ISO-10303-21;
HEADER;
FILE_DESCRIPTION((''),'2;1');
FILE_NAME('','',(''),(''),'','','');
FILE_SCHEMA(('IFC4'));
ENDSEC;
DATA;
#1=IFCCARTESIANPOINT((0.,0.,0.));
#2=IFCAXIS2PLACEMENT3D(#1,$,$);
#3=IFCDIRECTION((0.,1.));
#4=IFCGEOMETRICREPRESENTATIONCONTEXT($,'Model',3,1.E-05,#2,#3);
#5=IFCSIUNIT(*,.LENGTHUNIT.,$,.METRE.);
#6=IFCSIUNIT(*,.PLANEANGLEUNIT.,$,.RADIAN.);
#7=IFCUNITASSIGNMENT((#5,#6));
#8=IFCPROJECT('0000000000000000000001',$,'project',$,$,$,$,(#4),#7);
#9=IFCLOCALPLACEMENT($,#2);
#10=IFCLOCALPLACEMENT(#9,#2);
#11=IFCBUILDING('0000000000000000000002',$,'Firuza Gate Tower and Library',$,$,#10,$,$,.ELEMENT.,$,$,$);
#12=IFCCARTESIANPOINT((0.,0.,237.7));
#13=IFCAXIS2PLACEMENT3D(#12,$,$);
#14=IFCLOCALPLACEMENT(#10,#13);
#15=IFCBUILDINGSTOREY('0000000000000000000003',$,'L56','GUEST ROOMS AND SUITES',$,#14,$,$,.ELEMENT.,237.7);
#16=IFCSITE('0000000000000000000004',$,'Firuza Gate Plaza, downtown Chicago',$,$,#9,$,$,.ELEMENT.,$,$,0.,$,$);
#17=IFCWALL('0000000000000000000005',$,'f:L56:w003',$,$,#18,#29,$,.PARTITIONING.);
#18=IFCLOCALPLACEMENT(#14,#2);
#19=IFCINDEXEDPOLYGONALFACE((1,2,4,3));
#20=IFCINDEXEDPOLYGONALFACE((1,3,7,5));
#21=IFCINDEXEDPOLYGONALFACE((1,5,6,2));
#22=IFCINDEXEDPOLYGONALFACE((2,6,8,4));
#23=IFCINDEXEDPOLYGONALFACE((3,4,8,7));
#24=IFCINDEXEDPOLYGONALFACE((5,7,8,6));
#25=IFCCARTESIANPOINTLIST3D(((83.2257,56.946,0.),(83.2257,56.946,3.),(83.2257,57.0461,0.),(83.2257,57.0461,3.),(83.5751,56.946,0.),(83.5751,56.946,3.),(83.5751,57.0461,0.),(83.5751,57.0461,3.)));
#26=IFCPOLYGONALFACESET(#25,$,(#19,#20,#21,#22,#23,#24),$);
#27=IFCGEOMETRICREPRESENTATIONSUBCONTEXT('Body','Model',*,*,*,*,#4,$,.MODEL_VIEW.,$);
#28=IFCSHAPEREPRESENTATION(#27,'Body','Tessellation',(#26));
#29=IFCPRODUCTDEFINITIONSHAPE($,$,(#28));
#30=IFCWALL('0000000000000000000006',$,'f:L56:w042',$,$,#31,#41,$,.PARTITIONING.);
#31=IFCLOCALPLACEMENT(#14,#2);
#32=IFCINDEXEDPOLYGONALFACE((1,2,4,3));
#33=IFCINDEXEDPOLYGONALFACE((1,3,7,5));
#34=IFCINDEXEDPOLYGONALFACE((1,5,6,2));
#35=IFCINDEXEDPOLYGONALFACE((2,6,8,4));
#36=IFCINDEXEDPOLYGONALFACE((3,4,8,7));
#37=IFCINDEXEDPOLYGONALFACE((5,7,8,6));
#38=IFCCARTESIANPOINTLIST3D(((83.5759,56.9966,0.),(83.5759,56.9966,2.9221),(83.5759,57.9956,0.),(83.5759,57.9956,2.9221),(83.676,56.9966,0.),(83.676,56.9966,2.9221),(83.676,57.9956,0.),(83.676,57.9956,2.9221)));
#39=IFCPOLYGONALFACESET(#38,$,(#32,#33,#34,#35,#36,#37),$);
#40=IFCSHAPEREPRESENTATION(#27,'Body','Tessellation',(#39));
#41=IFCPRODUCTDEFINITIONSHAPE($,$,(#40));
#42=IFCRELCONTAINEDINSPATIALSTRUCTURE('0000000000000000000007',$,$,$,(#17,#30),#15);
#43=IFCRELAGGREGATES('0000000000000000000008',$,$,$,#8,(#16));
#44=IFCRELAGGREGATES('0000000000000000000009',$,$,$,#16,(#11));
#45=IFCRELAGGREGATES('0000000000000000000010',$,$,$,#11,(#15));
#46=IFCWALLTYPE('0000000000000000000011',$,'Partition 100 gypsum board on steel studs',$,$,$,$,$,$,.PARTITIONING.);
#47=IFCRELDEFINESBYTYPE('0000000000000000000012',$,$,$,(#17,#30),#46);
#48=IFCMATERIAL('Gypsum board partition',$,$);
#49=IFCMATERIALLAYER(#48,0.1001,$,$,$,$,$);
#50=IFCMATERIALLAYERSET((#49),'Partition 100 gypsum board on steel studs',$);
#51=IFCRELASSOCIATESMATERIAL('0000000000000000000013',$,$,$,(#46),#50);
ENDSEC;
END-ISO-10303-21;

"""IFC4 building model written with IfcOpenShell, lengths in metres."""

from ifc_helpers import new_model, si_unit, direction, frame, frame_2d, origin, place, context, subcontext, project, spatial, rectangle, extrude, material, layer, layer_set, type_object, element, save


model = new_model("IFC4")

# Units and contexts
model_context = context("Model", 3, precision=1e-05, world=origin(), true_north=direction((0.0, 1.0)))
body_context = subcontext(model_context, "Body", "Model", "MODEL_VIEW")
ifc_project = project(units=[si_unit("LENGTHUNIT", "METRE"), si_unit("PLANEANGLEUNIT", "RADIAN")], contexts=[model_context])

# Site, building, storey
site_placement = place(None, origin())
site = spatial("IfcSite", under=ifc_project, at=site_placement, Name="Firuza Gate Plaza, downtown Chicago", CompositionType="ELEMENT", RefElevation=0.0)
building_placement = place(site_placement, origin())
building = spatial("IfcBuilding", under=site, at=building_placement, Name="Firuza Gate Tower and Library", CompositionType="ELEMENT")
storey_placement = place(building_placement, frame((0.0, 0.0, 237.7)))
storey = spatial("IfcBuildingStorey", under=building, at=storey_placement, Name="L56", Description="GUEST ROOMS AND SUITES", CompositionType="ELEMENT", Elevation=237.7)

# Walls
ifc_material_1 = material(Name="Gypsum board partition")
ifc_layer_1 = layer(ifc_material_1, 0.1001)
ifc_layer_set_1 = layer_set([ifc_layer_1], Name="Partition 100 gypsum board on steel studs")
wall_type = type_object("IfcWallType", Name="Partition 100 gypsum board on steel studs", PredefinedType="PARTITIONING", material=ifc_layer_set_1)
wall_1_placement = place(storey_placement, frame((83.2256, 56.9961, 0.0), z_axis=(0.0, 0.0, 1.0), x_axis=(1.0, 0.0, 0.0)))
element("IfcWall", 1, at=wall_1_placement, inside=storey, type_object=wall_type, Name="f:L56:w003", PredefinedType="PARTITIONING", context=body_context, shape_type="SweptSolid", body=[
    extrude(rectangle(XDim=0.3494, YDim=0.1001, at=frame_2d((0.1748, 0.0))), origin(), (0.0, 0.0, 1.0), 3.0),
])
wall_2_placement = place(storey_placement, frame((83.626, 56.9966, 0.0), z_axis=(0.0, 0.0, 1.0), x_axis=(0.0, 1.0, 0.0)))
element("IfcWall", 2, at=wall_2_placement, inside=storey, type_object=wall_type, Name="f:L56:w042", PredefinedType="PARTITIONING", context=body_context, shape_type="SweptSolid", body=[
    extrude(rectangle(XDim=0.999, YDim=0.1001, at=frame_2d((0.4995, 0.0))), origin(), (0.0, 0.0, 1.0), 2.9221),
])

save(model, "model.ifc")
